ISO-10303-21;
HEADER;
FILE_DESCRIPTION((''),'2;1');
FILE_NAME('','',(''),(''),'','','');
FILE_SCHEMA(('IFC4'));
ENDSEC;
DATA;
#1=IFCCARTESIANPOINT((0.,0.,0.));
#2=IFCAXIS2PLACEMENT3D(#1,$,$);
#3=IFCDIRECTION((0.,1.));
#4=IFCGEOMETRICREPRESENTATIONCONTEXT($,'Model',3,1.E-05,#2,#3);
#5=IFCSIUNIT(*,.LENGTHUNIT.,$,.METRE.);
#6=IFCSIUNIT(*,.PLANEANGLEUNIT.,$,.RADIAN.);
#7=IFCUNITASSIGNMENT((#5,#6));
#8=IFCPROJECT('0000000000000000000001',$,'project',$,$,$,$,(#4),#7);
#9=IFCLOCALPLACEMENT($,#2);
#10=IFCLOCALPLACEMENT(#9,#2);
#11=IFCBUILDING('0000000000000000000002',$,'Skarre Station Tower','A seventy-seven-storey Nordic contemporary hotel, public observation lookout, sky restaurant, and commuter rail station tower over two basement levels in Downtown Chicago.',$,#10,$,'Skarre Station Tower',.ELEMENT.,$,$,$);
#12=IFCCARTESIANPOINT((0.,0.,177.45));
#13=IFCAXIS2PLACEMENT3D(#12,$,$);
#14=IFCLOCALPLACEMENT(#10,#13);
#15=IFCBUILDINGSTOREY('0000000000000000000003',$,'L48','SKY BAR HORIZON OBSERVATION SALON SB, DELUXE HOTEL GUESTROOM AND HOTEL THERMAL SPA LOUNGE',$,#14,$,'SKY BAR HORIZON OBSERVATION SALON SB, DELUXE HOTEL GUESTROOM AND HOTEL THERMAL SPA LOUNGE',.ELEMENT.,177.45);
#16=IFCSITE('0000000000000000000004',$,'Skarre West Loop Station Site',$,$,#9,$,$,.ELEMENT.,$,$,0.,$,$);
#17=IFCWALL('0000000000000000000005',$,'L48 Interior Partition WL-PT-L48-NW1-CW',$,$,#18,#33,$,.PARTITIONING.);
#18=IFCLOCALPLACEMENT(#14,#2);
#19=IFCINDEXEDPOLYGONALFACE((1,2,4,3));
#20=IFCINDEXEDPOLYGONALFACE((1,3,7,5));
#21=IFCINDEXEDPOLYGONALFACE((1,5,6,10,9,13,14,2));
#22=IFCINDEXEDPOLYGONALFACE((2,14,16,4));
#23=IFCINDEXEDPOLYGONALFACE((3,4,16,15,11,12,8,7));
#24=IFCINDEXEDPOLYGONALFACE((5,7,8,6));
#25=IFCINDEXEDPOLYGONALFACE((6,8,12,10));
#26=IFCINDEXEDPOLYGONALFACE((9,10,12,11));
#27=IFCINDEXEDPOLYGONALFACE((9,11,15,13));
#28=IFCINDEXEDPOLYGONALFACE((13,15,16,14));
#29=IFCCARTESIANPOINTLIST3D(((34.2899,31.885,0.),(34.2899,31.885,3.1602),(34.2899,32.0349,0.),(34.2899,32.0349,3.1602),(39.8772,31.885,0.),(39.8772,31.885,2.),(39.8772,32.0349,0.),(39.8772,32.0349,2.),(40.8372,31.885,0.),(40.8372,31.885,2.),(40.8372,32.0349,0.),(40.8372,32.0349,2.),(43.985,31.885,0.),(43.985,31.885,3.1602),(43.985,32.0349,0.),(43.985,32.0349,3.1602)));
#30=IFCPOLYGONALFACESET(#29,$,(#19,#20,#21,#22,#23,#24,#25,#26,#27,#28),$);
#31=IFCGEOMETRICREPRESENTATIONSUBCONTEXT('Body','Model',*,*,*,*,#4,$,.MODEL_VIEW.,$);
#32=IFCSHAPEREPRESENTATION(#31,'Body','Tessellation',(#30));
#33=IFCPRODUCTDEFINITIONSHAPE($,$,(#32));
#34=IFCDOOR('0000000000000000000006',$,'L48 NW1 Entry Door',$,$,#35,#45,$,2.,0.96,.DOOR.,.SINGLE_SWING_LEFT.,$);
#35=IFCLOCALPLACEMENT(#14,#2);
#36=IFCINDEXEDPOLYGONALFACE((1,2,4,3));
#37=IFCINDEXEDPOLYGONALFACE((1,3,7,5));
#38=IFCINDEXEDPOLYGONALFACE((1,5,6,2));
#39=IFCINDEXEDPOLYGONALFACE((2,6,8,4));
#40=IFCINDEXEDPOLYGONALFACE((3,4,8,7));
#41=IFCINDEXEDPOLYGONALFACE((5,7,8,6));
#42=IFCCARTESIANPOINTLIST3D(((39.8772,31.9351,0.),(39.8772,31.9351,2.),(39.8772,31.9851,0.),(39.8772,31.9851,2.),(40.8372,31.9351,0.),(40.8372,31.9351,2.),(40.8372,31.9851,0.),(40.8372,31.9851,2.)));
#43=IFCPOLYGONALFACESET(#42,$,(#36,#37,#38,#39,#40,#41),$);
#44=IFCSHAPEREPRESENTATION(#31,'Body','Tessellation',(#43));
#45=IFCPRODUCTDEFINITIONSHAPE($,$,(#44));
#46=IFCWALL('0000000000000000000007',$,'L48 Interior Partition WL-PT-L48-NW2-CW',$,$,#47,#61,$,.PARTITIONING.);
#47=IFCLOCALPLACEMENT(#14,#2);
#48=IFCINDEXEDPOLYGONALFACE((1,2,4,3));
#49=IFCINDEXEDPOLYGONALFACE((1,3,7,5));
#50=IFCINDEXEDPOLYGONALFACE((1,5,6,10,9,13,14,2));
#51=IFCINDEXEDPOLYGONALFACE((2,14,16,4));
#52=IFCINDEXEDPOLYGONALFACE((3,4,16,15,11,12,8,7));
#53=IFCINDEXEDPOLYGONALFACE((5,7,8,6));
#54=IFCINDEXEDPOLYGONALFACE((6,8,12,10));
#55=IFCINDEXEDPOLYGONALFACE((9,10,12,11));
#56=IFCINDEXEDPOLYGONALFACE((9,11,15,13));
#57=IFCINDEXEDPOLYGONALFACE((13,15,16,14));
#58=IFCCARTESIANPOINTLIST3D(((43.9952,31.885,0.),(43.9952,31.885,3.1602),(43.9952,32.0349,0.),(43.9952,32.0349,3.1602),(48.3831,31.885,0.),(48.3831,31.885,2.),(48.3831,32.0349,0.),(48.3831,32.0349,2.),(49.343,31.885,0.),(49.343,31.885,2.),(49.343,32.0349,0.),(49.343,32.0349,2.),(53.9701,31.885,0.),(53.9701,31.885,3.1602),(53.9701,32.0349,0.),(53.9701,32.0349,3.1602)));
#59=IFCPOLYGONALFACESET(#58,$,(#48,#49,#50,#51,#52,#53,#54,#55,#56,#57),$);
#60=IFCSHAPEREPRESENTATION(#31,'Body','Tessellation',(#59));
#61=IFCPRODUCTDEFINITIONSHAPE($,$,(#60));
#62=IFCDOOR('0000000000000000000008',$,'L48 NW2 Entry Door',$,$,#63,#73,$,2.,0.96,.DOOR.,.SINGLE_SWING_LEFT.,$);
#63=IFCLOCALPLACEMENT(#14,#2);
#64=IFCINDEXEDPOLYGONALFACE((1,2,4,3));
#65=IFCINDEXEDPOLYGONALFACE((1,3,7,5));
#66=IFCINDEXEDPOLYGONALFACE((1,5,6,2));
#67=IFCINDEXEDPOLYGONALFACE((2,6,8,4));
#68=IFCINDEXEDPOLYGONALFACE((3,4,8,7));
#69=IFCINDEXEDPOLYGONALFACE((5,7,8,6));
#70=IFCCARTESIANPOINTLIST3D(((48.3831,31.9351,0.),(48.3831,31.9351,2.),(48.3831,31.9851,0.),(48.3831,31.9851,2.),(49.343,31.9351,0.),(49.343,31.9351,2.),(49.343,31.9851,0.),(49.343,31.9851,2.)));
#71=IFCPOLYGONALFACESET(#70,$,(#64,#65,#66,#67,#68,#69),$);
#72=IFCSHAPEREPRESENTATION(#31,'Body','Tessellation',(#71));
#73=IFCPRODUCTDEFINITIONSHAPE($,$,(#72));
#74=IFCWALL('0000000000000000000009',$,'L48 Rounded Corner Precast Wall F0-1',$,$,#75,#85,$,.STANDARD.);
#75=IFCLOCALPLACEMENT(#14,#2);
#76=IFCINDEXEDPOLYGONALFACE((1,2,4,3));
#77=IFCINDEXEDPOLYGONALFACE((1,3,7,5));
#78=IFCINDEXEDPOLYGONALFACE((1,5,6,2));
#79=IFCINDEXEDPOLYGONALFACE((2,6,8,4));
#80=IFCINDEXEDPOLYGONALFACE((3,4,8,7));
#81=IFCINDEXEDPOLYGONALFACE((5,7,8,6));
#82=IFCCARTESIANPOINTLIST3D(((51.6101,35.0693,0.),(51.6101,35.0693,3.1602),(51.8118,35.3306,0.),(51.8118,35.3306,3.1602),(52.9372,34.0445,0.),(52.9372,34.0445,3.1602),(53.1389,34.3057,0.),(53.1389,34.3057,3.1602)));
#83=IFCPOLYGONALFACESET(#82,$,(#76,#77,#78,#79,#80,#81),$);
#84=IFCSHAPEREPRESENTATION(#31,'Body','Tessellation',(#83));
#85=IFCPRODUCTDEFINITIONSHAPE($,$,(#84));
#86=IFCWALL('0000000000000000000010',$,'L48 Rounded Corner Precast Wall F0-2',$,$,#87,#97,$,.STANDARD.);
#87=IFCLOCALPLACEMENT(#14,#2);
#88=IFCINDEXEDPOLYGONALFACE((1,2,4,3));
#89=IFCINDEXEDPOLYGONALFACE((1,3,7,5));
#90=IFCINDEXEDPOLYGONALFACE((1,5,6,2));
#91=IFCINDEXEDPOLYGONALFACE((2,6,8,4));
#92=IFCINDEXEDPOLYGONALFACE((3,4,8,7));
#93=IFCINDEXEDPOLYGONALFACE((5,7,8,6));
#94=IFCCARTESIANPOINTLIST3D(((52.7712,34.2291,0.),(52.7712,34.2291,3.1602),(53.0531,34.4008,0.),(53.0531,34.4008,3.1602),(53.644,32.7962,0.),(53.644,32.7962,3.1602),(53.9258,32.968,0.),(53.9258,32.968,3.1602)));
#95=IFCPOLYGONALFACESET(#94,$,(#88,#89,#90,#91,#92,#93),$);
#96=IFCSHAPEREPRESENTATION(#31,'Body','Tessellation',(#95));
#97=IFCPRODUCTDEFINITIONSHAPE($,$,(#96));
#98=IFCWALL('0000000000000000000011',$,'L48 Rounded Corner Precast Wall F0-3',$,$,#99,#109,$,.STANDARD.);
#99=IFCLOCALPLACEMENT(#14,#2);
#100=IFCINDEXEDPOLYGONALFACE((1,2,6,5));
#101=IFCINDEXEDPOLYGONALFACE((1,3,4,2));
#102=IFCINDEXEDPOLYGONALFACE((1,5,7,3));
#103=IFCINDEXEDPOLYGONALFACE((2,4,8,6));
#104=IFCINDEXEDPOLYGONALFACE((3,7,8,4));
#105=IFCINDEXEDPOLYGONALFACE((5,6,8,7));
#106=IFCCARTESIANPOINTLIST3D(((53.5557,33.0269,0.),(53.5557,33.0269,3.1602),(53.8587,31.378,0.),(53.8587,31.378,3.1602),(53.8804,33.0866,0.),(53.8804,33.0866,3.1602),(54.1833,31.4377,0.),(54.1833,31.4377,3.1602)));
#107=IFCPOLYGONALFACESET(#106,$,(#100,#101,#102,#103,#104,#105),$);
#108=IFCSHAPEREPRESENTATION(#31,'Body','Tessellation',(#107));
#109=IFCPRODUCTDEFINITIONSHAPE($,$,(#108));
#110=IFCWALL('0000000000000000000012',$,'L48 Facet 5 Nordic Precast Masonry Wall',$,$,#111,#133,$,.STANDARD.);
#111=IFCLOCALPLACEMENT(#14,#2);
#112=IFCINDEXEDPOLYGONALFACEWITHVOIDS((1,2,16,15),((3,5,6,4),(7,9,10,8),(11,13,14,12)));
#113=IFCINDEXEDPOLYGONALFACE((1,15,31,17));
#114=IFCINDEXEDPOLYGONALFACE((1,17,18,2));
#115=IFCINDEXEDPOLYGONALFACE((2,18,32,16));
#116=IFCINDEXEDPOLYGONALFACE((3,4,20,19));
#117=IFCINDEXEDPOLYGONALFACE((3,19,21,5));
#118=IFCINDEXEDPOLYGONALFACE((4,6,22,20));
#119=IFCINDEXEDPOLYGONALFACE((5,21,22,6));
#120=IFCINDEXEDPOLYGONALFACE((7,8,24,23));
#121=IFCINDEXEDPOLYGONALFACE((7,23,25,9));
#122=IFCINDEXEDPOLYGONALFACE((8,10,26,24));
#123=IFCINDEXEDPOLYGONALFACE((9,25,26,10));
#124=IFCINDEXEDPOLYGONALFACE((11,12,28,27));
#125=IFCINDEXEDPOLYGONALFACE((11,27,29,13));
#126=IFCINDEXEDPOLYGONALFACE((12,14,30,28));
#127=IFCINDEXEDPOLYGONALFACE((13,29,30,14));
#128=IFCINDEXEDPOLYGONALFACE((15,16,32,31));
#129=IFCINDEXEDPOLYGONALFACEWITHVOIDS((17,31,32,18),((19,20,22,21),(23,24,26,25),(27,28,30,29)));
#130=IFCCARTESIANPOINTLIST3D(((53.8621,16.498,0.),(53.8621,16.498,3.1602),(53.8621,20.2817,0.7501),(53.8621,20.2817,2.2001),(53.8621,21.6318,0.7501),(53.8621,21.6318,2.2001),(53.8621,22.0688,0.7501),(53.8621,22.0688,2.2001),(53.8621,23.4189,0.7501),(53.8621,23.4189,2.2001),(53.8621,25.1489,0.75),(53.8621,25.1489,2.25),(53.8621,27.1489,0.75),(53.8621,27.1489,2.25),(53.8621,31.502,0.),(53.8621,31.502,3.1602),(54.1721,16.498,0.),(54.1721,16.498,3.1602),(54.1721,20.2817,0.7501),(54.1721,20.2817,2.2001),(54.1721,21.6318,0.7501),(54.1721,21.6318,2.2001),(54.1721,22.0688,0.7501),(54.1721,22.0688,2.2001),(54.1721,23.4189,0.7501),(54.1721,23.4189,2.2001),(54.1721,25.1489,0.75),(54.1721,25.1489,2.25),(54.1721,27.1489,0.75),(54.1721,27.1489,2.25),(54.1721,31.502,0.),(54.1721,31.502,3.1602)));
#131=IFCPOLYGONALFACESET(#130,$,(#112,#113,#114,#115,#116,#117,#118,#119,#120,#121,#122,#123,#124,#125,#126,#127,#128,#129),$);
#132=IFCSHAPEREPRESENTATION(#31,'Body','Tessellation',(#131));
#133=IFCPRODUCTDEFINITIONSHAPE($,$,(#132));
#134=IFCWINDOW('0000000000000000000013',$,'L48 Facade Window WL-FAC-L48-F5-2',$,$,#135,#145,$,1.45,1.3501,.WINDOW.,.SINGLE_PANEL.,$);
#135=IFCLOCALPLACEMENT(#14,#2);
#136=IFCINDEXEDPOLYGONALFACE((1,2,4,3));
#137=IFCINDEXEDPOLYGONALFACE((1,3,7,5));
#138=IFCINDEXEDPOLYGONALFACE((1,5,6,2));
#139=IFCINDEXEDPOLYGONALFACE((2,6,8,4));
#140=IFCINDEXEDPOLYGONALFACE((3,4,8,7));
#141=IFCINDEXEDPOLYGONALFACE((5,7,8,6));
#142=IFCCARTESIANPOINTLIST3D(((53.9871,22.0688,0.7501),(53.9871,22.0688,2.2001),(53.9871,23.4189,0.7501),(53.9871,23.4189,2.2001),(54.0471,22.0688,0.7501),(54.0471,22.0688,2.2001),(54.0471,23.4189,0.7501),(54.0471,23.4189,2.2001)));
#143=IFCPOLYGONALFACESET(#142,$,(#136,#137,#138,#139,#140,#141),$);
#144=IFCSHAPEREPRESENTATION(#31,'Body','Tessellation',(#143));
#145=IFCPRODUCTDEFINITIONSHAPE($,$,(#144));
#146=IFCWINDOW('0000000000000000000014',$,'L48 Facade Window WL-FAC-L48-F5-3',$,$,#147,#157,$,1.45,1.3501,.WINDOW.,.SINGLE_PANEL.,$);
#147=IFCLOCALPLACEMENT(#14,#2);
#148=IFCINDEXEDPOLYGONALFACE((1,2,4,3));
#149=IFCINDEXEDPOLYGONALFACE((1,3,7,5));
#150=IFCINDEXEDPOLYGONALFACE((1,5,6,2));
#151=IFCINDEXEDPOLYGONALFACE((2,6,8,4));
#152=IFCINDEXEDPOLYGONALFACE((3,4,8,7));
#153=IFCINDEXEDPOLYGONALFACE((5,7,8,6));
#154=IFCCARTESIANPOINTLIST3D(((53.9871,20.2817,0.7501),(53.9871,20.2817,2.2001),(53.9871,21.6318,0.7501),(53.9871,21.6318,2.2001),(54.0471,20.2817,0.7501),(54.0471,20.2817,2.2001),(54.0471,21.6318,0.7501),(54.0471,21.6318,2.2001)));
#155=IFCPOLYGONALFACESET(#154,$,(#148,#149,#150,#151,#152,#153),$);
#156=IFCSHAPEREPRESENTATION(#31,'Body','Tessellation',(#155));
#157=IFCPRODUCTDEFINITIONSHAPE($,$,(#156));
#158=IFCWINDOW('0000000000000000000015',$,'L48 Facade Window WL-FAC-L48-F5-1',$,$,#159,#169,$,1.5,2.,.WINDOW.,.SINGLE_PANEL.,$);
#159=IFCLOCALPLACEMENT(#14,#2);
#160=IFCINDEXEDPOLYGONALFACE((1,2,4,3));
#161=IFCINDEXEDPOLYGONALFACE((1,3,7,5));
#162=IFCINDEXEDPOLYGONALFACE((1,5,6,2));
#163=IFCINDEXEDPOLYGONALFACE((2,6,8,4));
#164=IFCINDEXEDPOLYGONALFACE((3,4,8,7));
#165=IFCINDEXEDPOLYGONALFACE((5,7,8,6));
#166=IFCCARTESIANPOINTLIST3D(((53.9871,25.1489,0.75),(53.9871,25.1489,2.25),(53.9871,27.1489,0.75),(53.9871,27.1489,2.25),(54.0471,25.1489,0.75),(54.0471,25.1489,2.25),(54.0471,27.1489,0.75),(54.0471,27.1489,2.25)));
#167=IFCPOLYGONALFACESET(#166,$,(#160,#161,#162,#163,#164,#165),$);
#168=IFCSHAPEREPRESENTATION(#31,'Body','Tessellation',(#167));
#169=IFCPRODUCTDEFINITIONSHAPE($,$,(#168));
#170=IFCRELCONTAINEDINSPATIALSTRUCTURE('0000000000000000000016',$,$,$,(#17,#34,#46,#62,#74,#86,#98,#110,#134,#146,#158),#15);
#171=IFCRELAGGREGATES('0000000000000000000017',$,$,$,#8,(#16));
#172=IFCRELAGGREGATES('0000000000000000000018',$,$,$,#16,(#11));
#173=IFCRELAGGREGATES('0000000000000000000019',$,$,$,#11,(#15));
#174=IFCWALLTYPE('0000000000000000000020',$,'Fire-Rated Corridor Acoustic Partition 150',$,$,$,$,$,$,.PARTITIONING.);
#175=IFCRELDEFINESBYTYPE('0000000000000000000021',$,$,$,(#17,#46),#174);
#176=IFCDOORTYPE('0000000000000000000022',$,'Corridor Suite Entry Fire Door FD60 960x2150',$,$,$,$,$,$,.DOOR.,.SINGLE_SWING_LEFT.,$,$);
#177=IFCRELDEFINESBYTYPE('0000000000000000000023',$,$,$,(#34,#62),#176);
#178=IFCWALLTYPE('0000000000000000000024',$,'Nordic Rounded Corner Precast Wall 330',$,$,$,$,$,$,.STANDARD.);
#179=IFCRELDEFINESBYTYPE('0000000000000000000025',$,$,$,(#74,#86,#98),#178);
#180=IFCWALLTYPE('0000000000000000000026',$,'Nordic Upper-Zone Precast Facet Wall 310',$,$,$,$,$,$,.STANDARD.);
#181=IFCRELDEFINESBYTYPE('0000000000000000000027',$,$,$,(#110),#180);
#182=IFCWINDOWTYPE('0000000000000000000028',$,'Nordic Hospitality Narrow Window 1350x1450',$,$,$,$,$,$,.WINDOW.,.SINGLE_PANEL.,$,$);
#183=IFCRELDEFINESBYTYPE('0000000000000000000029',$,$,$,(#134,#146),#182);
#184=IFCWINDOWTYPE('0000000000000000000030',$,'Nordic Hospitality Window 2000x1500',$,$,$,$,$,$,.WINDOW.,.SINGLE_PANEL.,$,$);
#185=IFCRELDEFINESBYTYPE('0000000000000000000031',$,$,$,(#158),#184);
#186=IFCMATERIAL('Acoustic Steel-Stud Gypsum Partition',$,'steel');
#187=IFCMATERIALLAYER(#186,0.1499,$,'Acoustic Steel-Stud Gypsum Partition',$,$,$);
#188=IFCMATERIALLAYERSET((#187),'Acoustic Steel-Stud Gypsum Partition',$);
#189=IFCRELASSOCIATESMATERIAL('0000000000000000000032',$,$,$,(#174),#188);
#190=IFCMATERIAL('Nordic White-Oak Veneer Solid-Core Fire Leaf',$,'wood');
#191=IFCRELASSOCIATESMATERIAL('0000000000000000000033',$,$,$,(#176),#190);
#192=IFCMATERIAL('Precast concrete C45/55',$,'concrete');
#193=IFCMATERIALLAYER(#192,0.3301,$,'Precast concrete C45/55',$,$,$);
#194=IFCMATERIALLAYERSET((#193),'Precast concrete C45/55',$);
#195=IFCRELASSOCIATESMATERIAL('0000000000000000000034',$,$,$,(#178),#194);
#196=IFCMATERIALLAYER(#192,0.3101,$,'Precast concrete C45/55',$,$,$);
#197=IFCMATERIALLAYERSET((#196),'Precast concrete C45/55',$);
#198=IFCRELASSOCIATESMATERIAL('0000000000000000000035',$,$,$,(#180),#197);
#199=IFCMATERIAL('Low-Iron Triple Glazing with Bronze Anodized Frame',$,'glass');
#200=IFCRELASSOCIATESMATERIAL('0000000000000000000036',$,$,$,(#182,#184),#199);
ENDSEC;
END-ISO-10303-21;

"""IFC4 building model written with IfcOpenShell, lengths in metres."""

from ifc_helpers import new_model, si_unit, direction, frame, frame_2d, origin, place, context, subcontext, project, spatial, rectangle, extrude, material, layer, layer_set, type_object, element, fill, save


model = new_model("IFC4")

# Units and contexts
model_context = context("Model", 3, precision=1e-05, world=origin(), true_north=direction((0.0, 1.0)))
body_context = subcontext(model_context, "Body", "Model", "MODEL_VIEW")
ifc_project = project(units=[si_unit("LENGTHUNIT", "METRE"), si_unit("PLANEANGLEUNIT", "RADIAN")], contexts=[model_context])

# Site, building, storey
site_placement = place(None, origin())
site = spatial("IfcSite", under=ifc_project, at=site_placement, Name="Skarre West Loop Station Site", CompositionType="ELEMENT", RefElevation=0.0)
building_placement = place(site_placement, origin())
building = spatial("IfcBuilding", under=site, at=building_placement, Name="Skarre Station Tower", Description="A seventy-seven-storey Nordic contemporary hotel, public observation lookout, sky restaurant, and commuter rail station tower over two basement levels in Downtown Chicago.", LongName="Skarre Station Tower", CompositionType="ELEMENT")
storey_placement = place(building_placement, frame((0.0, 0.0, 177.45)))
storey = spatial("IfcBuildingStorey", under=building, at=storey_placement, Name="L48", Description="SKY BAR HORIZON OBSERVATION SALON SB, DELUXE HOTEL GUESTROOM AND HOTEL THERMAL SPA LOUNGE", LongName="SKY BAR HORIZON OBSERVATION SALON SB, DELUXE HOTEL GUESTROOM AND HOTEL THERMAL SPA LOUNGE", CompositionType="ELEMENT", Elevation=177.45)

# Walls, openings, doors
ifc_material_1 = material(Name="Acoustic Steel-Stud Gypsum Partition", Category="steel")
ifc_layer_1 = layer(ifc_material_1, 0.1499, Name="Acoustic Steel-Stud Gypsum Partition")
ifc_layer_set_1 = layer_set([ifc_layer_1], Name="Acoustic Steel-Stud Gypsum Partition")
wall_type_1 = type_object("IfcWallType", Name="Fire-Rated Corridor Acoustic Partition 150", PredefinedType="PARTITIONING", material=ifc_layer_set_1)
wall_1_placement = place(storey_placement, frame((43.9851, 31.96, 0.0), z_axis=(0.0, 0.0, 1.0), x_axis=(-1.0, 0.0, 0.0)))
wall_1 = element("IfcWall", 1, at=wall_1_placement, inside=storey, type_object=wall_type_1, Name="L48 Interior Partition WL-PT-L48-NW1-CW", PredefinedType="PARTITIONING", context=body_context, shape_type="SweptSolid", body=[
    extrude(rectangle(XDim=9.6951, YDim=0.1499, at=frame_2d((4.8477, 0.0))), origin(), (0.0, 0.0, 1.0), 3.1602),
])
opening_1_placement = place(wall_1_placement, frame((3.1479, 0.0, 0.0)))
opening_1 = element("IfcOpeningElement", 2, at=opening_1_placement, cuts=wall_1, PredefinedType="OPENING", context=body_context, shape_type="SweptSolid", body=[
    extrude(rectangle(XDim=0.96, YDim=2.0, at=frame_2d((0.48, 1.0))), frame((0.0, 0.085, 0.0), z_axis=(0.0, -1.0, 0.0), x_axis=(1.0, 0.0, 0.0)), (0.0, 0.0, 1.0), 0.1699),
])
ifc_material_2 = material(Name="Nordic White-Oak Veneer Solid-Core Fire Leaf", Category="wood")
door_type = type_object("IfcDoorType", Name="Corridor Suite Entry Fire Door FD60 960x2150", OperationType="SINGLE_SWING_LEFT", PredefinedType="DOOR", material=ifc_material_2)
door_1_placement = place(opening_1_placement, origin())
door_1 = element("IfcDoor", 3, at=door_1_placement, inside=storey, type_object=door_type, Name="L48 NW1 Entry Door", OperationType="SINGLE_SWING_LEFT", OverallHeight=2.0, OverallWidth=0.96, PredefinedType="DOOR", context=body_context, shape_type="SweptSolid", body=[
    extrude(rectangle(XDim=0.96, YDim=2.0, at=frame_2d((0.48, 1.0))), frame((0.0, 0.0249, 0.0), z_axis=(0.0, -1.0, 0.0), x_axis=(1.0, 0.0, 0.0)), (0.0, 0.0, 1.0), 0.05),
])
fill(opening_1, door_1)
wall_2_placement = place(storey_placement, frame((53.97, 31.96, 0.0), z_axis=(0.0, 0.0, 1.0), x_axis=(-1.0, 0.0, 0.0)))
wall_2 = element("IfcWall", 4, at=wall_2_placement, inside=storey, type_object=wall_type_1, Name="L48 Interior Partition WL-PT-L48-NW2-CW", PredefinedType="PARTITIONING", context=body_context, shape_type="SweptSolid", body=[
    extrude(rectangle(XDim=9.9749, YDim=0.1499, at=frame_2d((4.9873, 0.0))), origin(), (0.0, 0.0, 1.0), 3.1602),
])
opening_2_placement = place(wall_2_placement, frame((4.627, 0.0, 0.0)))
opening_2 = element("IfcOpeningElement", 5, at=opening_2_placement, cuts=wall_2, PredefinedType="OPENING", context=body_context, shape_type="SweptSolid", body=[
    extrude(rectangle(XDim=0.96, YDim=2.0, at=frame_2d((0.48, 1.0))), frame((0.0, 0.085, 0.0), z_axis=(0.0, -1.0, 0.0), x_axis=(1.0, 0.0, 0.0)), (0.0, 0.0, 1.0), 0.1699),
])
door_2_placement = place(opening_2_placement, origin())
door_2 = element("IfcDoor", 6, at=door_2_placement, inside=storey, type_object=door_type, Name="L48 NW2 Entry Door", OperationType="SINGLE_SWING_LEFT", OverallHeight=2.0, OverallWidth=0.96, PredefinedType="DOOR", context=body_context, shape_type="SweptSolid", body=[
    extrude(rectangle(XDim=0.96, YDim=2.0, at=frame_2d((0.48, 1.0))), frame((0.0, 0.0249, 0.0), z_axis=(0.0, -1.0, 0.0), x_axis=(1.0, 0.0, 0.0)), (0.0, 0.0, 1.0), 0.05),
])
fill(opening_2, door_2)

# Walls
ifc_material_3 = material(Name="Precast concrete C45/55", Category="concrete")
ifc_layer_2 = layer(ifc_material_3, 0.3301, Name="Precast concrete C45/55")
ifc_layer_set_2 = layer_set([ifc_layer_2], Name="Precast concrete C45/55")
wall_type_2 = type_object("IfcWallType", Name="Nordic Rounded Corner Precast Wall 330", PredefinedType="STANDARD", material=ifc_layer_set_2)
wall_3_placement = place(storey_placement, frame((51.7109, 35.2, 0.0), z_axis=(0.0, 0.0, 1.0), x_axis=(0.791464, -0.611215, 0.0)))
element("IfcWall", 7, at=wall_3_placement, inside=storey, type_object=wall_type_2, Name="L48 Rounded Corner Precast Wall F0-1", PredefinedType="STANDARD", context=body_context, shape_type="SweptSolid", body=[
    extrude(rectangle(XDim=1.6768, YDim=0.3301, at=frame_2d((0.8384, 0.0))), origin(), (0.0, 0.0, 1.0), 3.1602),
])
wall_4_placement = place(storey_placement, frame((52.9121, 34.3149, 0.0), z_axis=(0.0, 0.0, 1.0), x_axis=(0.520219, -0.854033, 0.0)))
element("IfcWall", 8, at=wall_4_placement, inside=storey, type_object=wall_type_2, Name="L48 Rounded Corner Precast Wall F0-2", PredefinedType="STANDARD", context=body_context, shape_type="SweptSolid", body=[
    extrude(rectangle(XDim=1.6777, YDim=0.3301, at=frame_2d((0.8389, 0.0))), origin(), (0.0, 0.0, 1.0), 3.1602),
])
wall_5_placement = place(storey_placement, frame((53.718, 33.0569, 0.0), z_axis=(0.0, 0.0, 1.0), x_axis=(0.180718, -0.983535, 0.0)))
element("IfcWall", 9, at=wall_5_placement, inside=storey, type_object=wall_type_2, Name="L48 Rounded Corner Precast Wall F0-3", PredefinedType="STANDARD", context=body_context, shape_type="SweptSolid", body=[
    extrude(rectangle(XDim=1.6765, YDim=0.3301, at=frame_2d((0.8384, 0.0))), origin(), (0.0, 0.0, 1.0), 3.1602),
])

# Wall, openings, windows
ifc_layer_3 = layer(ifc_material_3, 0.3101, Name="Precast concrete C45/55")
ifc_layer_set_3 = layer_set([ifc_layer_3], Name="Precast concrete C45/55")
wall_type_3 = type_object("IfcWallType", Name="Nordic Upper-Zone Precast Facet Wall 310", PredefinedType="STANDARD", material=ifc_layer_set_3)
wall_6_placement = place(storey_placement, frame((54.0171, 31.502, 0.0), z_axis=(0.0, 0.0, 1.0), x_axis=(0.0, -1.0, 0.0)))
wall_6 = element("IfcWall", 10, at=wall_6_placement, inside=storey, type_object=wall_type_3, Name="L48 Facet 5 Nordic Precast Masonry Wall", PredefinedType="STANDARD", context=body_context, shape_type="SweptSolid", body=[
    extrude(rectangle(XDim=15.0039, YDim=0.3101, at=frame_2d((7.502, 0.0))), origin(), (0.0, 0.0, 1.0), 3.1602),
])
opening_3_placement = place(wall_6_placement, frame((4.353, 0.0, 0.75)))
opening_3 = element("IfcOpeningElement", 11, at=opening_3_placement, cuts=wall_6, PredefinedType="OPENING", context=body_context, shape_type="SweptSolid", body=[
    extrude(rectangle(XDim=2.0, YDim=1.5, at=frame_2d((1.0, 0.75))), frame((0.0, 0.165, 0.0), z_axis=(0.0, -1.0, 0.0), x_axis=(1.0, 0.0, 0.0)), (0.0, 0.0, 1.0), 0.3301),
])
opening_4_placement = place(wall_6_placement, frame((8.083, 0.0, 0.75)))
opening_4 = element("IfcOpeningElement", 12, at=opening_4_placement, cuts=wall_6, PredefinedType="OPENING", context=body_context, shape_type="SweptSolid", body=[
    extrude(rectangle(XDim=1.3501, YDim=1.45, at=frame_2d((0.675, 0.7251))), frame((0.0, 0.165, 0.0), z_axis=(0.0, -1.0, 0.0), x_axis=(1.0, 0.0, 0.0)), (0.0, 0.0, 1.0), 0.3301),
])
opening_5_placement = place(wall_6_placement, frame((9.8701, 0.0, 0.75)))
opening_5 = element("IfcOpeningElement", 13, at=opening_5_placement, cuts=wall_6, PredefinedType="OPENING", context=body_context, shape_type="SweptSolid", body=[
    extrude(rectangle(XDim=1.3501, YDim=1.45, at=frame_2d((0.675, 0.7251))), frame((0.0, 0.165, 0.0), z_axis=(0.0, -1.0, 0.0), x_axis=(1.0, 0.0, 0.0)), (0.0, 0.0, 1.0), 0.3301),
])
ifc_material_4 = material(Name="Low-Iron Triple Glazing with Bronze Anodized Frame", Category="glass")
window_type_1 = type_object("IfcWindowType", Name="Nordic Hospitality Narrow Window 1350x1450", PartitioningType="SINGLE_PANEL", PredefinedType="WINDOW", material=ifc_material_4)
window_1_placement = place(opening_4_placement, origin())
window_1 = element("IfcWindow", 14, at=window_1_placement, inside=storey, type_object=window_type_1, Name="L48 Facade Window WL-FAC-L48-F5-2", OverallHeight=1.45, OverallWidth=1.3501, PartitioningType="SINGLE_PANEL", PredefinedType="WINDOW", context=body_context, shape_type="SweptSolid", body=[
    extrude(rectangle(XDim=1.3501, YDim=1.45, at=frame_2d((0.675, 0.7251))), frame((0.0, 0.03, 0.0), z_axis=(0.0, -1.0, 0.0), x_axis=(1.0, 0.0, 0.0)), (0.0, 0.0, 1.0), 0.0601),
])
fill(opening_4, window_1)
window_2_placement = place(opening_5_placement, origin())
window_2 = element("IfcWindow", 15, at=window_2_placement, inside=storey, type_object=window_type_1, Name="L48 Facade Window WL-FAC-L48-F5-3", OverallHeight=1.45, OverallWidth=1.3501, PartitioningType="SINGLE_PANEL", PredefinedType="WINDOW", context=body_context, shape_type="SweptSolid", body=[
    extrude(rectangle(XDim=1.3501, YDim=1.45, at=frame_2d((0.675, 0.7251))), frame((0.0, 0.03, 0.0), z_axis=(0.0, -1.0, 0.0), x_axis=(1.0, 0.0, 0.0)), (0.0, 0.0, 1.0), 0.0601),
])
fill(opening_5, window_2)
window_type_2 = type_object("IfcWindowType", Name="Nordic Hospitality Window 2000x1500", PartitioningType="SINGLE_PANEL", PredefinedType="WINDOW", material=ifc_material_4)
window_3_placement = place(opening_3_placement, origin())
window_3 = element("IfcWindow", 16, at=window_3_placement, inside=storey, type_object=window_type_2, Name="L48 Facade Window WL-FAC-L48-F5-1", OverallHeight=1.5, OverallWidth=2.0, PartitioningType="SINGLE_PANEL", PredefinedType="WINDOW", context=body_context, shape_type="SweptSolid", body=[
    extrude(rectangle(XDim=2.0, YDim=1.5, at=frame_2d((1.0, 0.75))), frame((0.0, 0.03, 0.0), z_axis=(0.0, -1.0, 0.0), x_axis=(1.0, 0.0, 0.0)), (0.0, 0.0, 1.0), 0.0601),
])
fill(opening_3, window_3)

save(model, "model.ifc")
